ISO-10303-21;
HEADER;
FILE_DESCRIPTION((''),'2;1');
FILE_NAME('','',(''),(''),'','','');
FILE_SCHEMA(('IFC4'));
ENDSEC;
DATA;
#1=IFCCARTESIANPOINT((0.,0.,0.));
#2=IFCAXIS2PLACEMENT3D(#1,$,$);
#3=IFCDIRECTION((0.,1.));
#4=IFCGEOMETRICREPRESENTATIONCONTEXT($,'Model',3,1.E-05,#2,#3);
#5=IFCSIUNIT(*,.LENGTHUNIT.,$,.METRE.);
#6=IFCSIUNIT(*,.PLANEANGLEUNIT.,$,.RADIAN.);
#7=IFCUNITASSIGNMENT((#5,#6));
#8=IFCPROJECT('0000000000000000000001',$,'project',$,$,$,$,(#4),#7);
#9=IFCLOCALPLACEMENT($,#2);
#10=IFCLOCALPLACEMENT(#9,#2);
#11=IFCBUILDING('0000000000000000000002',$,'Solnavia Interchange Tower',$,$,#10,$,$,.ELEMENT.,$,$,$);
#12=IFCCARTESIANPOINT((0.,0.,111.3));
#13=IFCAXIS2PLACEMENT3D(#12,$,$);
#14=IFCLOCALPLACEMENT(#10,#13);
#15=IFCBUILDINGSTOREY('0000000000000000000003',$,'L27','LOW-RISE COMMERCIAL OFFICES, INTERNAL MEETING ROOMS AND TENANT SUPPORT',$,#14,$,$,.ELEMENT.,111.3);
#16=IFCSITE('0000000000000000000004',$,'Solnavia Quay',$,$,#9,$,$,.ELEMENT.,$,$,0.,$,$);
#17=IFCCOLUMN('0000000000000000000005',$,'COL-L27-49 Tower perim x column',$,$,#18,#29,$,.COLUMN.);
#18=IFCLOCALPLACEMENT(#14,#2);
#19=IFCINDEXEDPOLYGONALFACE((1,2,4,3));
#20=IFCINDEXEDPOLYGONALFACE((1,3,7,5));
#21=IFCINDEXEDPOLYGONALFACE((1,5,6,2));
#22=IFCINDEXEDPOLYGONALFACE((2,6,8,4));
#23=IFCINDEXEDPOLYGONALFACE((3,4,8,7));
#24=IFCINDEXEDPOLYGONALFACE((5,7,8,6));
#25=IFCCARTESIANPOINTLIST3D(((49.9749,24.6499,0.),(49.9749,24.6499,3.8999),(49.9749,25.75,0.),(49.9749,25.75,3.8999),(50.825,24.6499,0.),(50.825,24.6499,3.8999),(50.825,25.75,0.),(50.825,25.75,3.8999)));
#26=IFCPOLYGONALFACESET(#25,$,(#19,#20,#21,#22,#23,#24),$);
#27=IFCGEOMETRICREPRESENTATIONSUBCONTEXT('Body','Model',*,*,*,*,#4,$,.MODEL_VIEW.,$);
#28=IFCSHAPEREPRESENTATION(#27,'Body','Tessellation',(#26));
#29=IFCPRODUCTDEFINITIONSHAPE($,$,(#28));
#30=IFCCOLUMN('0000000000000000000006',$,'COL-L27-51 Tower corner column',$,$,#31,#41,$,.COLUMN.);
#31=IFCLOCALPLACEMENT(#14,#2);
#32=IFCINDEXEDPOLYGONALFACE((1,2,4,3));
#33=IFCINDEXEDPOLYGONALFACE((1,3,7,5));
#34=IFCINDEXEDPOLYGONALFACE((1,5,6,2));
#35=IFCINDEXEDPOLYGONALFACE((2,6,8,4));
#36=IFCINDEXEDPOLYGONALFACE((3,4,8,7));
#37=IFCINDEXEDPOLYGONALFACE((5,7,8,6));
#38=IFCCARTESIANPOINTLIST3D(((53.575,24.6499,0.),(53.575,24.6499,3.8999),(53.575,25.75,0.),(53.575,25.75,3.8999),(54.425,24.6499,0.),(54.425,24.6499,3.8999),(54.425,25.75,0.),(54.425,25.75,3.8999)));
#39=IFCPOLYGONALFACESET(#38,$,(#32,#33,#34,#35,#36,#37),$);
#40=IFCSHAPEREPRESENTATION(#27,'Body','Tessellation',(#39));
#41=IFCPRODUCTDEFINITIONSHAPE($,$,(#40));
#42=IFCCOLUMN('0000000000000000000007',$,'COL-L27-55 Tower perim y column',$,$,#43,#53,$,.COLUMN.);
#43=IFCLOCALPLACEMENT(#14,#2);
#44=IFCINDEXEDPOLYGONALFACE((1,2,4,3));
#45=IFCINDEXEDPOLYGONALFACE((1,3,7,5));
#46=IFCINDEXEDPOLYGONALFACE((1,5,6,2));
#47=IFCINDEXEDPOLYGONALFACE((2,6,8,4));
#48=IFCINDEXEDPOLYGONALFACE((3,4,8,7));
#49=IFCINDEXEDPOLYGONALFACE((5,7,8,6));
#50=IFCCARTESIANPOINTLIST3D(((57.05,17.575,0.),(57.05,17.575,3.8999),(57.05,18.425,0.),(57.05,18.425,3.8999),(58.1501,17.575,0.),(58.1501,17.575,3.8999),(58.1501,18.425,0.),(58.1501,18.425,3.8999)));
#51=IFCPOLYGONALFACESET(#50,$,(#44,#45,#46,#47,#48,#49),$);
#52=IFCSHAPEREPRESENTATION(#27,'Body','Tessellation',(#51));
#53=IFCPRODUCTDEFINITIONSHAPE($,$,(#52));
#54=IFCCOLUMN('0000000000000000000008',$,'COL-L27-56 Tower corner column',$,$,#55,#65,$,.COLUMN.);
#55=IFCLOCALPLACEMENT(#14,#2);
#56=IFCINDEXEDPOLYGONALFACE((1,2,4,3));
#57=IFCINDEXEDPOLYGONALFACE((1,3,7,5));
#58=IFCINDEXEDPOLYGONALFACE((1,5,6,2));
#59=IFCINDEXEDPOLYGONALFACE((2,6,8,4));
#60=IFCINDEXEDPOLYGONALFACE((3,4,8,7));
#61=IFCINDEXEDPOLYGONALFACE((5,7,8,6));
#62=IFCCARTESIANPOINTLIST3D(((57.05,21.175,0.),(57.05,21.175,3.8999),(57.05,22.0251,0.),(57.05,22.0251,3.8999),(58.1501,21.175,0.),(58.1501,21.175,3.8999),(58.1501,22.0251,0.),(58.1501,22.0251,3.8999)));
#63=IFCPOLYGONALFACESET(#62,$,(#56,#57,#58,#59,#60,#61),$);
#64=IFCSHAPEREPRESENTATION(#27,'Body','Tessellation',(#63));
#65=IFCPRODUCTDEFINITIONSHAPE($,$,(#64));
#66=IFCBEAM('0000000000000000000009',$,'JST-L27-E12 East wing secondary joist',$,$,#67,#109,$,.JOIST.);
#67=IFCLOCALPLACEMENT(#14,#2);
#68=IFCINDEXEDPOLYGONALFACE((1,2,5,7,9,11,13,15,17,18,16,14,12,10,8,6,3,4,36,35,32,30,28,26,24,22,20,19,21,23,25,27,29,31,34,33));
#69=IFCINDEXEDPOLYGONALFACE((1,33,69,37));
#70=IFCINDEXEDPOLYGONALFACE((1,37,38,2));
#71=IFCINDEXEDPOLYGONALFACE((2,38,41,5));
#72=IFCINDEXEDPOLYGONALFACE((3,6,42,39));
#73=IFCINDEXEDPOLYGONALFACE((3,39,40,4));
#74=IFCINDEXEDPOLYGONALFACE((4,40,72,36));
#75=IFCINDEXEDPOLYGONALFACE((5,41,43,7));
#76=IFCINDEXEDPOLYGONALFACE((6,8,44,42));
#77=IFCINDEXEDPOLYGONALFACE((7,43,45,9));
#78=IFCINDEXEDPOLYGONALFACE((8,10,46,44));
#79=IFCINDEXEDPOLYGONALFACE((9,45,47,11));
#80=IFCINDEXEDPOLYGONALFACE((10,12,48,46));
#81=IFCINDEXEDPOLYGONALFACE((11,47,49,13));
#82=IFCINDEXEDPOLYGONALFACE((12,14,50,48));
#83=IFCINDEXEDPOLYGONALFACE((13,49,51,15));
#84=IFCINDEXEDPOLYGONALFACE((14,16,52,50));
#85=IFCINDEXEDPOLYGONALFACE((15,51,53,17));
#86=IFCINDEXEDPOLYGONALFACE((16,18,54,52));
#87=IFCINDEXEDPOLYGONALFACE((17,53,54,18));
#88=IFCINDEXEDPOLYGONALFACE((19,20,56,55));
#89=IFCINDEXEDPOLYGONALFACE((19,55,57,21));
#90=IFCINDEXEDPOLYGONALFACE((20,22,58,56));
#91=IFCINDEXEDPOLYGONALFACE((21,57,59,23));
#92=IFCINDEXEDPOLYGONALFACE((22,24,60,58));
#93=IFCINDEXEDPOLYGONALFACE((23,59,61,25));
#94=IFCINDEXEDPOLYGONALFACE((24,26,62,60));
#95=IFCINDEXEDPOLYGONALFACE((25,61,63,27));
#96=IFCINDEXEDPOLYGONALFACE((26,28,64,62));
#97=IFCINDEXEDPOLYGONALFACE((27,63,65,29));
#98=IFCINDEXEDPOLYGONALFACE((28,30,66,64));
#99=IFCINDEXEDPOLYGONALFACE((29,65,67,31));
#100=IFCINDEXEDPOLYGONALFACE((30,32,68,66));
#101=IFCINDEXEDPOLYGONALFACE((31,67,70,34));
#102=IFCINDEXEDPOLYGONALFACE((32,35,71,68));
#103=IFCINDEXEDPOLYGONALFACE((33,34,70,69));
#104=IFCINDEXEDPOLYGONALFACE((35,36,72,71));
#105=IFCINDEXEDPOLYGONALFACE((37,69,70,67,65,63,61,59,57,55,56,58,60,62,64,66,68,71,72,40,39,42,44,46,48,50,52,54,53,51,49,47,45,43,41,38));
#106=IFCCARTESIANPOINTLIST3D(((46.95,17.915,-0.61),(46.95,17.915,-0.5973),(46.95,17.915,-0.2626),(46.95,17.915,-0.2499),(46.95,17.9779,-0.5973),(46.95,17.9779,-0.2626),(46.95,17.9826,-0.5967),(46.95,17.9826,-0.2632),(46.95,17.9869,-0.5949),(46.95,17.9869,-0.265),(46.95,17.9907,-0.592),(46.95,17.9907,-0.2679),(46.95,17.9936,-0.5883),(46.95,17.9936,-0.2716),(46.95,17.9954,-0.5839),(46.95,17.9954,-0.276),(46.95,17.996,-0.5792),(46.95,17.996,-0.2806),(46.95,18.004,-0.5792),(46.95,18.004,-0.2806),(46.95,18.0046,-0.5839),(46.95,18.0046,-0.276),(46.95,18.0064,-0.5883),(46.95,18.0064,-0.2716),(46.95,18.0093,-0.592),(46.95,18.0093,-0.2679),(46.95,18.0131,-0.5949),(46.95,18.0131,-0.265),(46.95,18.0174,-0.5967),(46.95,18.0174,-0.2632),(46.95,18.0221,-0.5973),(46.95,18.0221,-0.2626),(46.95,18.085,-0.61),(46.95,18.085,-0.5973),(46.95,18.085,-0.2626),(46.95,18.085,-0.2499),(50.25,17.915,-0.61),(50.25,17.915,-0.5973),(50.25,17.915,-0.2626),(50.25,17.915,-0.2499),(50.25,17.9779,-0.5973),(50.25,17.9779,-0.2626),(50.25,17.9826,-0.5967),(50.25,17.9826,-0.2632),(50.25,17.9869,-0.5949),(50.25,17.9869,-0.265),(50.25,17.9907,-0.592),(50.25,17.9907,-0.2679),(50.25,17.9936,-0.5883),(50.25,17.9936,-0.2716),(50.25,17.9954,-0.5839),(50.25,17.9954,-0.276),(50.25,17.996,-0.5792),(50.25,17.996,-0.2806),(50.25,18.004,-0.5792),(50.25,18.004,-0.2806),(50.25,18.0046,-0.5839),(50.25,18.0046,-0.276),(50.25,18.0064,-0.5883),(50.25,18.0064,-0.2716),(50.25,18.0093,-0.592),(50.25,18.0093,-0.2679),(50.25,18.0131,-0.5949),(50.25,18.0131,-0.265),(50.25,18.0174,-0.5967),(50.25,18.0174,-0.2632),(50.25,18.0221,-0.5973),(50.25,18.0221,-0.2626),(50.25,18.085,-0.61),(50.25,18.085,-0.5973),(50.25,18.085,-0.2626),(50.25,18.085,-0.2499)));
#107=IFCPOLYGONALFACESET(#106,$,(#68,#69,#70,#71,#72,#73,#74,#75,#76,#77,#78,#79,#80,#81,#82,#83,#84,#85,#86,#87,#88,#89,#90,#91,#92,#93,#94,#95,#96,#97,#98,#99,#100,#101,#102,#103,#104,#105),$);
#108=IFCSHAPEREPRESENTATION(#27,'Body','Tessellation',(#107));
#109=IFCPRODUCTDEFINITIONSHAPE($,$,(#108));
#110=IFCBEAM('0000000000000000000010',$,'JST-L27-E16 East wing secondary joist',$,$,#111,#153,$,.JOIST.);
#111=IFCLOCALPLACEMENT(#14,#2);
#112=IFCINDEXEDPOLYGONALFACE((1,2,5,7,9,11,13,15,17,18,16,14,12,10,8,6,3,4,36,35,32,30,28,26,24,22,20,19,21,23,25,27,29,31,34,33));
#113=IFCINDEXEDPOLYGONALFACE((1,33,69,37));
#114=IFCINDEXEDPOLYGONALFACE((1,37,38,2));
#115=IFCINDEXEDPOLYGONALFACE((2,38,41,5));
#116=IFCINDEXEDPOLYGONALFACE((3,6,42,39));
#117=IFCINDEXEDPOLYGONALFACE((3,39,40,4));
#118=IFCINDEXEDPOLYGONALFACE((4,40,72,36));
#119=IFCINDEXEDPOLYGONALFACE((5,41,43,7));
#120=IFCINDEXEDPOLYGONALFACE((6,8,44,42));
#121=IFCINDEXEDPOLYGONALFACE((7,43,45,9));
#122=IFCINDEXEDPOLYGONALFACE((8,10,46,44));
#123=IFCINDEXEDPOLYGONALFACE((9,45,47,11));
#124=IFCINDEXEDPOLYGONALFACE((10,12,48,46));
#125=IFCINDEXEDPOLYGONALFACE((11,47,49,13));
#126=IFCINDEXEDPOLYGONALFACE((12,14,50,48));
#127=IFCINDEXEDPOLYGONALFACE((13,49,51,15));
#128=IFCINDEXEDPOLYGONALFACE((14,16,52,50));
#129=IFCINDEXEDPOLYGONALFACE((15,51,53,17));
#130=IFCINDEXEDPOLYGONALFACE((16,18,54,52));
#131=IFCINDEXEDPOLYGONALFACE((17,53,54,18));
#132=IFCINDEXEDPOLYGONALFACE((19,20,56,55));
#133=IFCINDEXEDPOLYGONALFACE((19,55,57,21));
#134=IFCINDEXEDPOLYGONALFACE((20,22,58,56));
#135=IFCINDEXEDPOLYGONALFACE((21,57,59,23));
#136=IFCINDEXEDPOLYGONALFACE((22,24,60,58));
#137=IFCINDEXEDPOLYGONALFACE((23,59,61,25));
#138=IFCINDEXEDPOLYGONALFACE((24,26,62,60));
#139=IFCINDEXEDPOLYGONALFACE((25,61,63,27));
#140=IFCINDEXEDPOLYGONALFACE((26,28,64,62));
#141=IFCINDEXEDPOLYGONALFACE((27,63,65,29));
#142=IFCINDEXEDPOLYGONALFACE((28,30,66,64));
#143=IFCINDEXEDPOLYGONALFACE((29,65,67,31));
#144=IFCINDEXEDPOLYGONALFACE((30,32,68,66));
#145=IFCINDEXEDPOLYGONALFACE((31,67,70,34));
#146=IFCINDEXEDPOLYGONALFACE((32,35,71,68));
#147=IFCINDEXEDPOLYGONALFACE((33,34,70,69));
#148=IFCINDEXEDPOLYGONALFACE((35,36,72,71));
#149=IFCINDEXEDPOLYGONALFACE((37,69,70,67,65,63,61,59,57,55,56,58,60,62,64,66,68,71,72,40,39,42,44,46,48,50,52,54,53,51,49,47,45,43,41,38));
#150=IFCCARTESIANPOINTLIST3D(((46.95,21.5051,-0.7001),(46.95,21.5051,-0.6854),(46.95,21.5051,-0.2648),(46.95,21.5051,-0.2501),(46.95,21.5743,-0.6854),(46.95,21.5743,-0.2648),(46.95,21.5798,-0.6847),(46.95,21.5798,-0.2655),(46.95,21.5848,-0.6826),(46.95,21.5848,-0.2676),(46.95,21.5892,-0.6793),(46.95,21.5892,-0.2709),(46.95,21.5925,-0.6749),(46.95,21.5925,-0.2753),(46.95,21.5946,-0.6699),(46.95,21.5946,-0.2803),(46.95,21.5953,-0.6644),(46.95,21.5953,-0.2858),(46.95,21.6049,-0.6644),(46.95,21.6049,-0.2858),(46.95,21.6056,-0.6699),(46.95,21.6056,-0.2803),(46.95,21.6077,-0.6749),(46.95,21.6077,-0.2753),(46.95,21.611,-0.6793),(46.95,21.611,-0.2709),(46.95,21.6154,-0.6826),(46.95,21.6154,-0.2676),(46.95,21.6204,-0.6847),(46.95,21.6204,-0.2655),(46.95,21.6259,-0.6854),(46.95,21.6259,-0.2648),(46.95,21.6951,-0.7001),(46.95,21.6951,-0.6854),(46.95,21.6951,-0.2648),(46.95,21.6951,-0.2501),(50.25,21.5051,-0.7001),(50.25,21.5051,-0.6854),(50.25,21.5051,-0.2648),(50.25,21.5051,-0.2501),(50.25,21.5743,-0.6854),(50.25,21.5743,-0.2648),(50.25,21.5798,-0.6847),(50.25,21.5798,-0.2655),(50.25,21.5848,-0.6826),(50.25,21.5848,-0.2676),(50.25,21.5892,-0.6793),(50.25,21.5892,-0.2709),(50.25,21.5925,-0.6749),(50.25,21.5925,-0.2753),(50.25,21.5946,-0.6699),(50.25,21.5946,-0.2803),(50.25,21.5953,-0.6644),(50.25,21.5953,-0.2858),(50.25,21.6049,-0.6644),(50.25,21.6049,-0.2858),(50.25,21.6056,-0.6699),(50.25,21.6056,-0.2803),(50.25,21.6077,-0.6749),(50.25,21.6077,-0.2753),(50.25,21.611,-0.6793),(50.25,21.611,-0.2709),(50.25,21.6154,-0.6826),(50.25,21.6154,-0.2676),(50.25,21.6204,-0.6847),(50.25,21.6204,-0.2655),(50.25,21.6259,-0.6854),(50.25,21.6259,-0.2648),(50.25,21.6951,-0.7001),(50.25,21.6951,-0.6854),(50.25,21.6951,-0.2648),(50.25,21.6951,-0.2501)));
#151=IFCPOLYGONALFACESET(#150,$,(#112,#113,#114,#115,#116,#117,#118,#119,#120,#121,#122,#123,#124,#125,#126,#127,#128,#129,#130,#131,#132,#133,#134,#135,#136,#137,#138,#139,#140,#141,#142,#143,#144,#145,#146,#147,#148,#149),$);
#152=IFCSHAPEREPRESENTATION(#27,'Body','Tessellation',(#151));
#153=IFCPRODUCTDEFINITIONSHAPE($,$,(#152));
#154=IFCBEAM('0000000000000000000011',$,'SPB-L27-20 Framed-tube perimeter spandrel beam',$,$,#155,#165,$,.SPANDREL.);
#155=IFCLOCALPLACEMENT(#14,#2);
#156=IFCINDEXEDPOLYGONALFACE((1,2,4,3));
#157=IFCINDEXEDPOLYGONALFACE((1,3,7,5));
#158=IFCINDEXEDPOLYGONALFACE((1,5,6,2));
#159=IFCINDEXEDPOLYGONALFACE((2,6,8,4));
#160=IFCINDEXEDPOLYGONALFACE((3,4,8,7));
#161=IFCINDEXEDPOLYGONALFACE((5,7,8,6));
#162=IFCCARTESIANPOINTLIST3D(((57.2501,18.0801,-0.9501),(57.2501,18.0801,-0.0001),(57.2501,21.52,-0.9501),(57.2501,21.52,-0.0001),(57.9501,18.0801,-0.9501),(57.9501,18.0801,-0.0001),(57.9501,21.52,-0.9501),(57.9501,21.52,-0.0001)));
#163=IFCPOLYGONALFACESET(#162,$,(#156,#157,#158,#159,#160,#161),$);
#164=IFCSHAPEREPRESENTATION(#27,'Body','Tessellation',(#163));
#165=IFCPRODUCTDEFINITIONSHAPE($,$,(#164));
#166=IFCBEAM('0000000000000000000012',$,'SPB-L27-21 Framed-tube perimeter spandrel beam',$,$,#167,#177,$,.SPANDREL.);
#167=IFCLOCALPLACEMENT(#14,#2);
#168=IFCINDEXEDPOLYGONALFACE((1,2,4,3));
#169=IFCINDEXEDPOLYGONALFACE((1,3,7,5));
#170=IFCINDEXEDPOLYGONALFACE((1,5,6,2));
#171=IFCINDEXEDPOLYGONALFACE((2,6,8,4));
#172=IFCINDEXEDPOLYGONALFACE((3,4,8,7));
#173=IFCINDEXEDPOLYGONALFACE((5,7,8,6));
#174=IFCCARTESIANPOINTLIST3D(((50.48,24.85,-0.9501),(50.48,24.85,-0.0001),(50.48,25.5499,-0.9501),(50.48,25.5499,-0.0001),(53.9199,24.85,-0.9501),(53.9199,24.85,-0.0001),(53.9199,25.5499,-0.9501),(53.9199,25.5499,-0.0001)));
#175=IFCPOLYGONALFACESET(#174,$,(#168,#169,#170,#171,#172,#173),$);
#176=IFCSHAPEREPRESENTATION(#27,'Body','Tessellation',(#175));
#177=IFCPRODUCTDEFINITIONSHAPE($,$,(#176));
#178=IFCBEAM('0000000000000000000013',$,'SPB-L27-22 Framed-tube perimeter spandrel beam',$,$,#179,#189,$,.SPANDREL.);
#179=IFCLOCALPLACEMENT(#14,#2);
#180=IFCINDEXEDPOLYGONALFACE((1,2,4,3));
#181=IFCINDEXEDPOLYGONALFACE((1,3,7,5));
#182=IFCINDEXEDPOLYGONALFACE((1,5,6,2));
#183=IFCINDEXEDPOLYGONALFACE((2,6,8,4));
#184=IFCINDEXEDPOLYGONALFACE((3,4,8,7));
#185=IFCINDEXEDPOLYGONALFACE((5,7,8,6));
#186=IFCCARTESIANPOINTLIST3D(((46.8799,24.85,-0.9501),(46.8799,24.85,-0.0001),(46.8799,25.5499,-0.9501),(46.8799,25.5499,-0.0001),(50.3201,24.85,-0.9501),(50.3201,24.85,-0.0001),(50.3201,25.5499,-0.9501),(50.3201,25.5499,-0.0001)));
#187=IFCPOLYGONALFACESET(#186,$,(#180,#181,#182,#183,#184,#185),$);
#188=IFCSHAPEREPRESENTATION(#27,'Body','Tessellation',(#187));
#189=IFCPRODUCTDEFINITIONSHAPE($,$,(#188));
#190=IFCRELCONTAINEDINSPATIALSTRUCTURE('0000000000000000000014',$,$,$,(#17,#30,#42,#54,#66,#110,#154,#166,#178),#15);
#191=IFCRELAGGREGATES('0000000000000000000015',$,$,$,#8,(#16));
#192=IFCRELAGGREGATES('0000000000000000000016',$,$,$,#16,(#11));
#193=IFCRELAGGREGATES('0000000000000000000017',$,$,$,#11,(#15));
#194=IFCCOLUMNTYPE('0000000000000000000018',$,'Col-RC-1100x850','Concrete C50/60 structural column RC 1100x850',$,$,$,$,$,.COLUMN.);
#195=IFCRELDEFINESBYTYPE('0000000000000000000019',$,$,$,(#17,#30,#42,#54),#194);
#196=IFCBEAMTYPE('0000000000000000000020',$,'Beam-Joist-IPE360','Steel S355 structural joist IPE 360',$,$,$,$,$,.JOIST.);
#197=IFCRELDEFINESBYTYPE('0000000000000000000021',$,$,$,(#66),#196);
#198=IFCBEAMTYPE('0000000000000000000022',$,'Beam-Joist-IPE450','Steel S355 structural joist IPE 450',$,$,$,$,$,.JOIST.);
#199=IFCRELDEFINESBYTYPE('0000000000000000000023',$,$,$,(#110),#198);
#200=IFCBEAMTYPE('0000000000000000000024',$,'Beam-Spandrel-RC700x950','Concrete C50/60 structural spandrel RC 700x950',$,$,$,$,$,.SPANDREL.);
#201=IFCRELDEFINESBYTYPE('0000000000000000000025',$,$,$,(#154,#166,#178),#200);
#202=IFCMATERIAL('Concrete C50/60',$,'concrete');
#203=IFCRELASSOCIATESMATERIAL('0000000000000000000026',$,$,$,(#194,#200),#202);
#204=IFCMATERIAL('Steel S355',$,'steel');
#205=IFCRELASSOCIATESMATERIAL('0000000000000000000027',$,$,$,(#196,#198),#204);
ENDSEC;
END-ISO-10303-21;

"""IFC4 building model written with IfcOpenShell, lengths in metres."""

from ifc_helpers import new_model, si_unit, direction, frame, origin, origin_2d, place, context, subcontext, project, spatial, rectangle, i_section, extrude, material, material_profile, profile_set, type_object, element, save


model = new_model("IFC4")

# Units and contexts
model_context = context("Model", 3, precision=1e-05, world=origin(), true_north=direction((0.0, 1.0)))
body_context = subcontext(model_context, "Body", "Model", "MODEL_VIEW")
ifc_project = project(units=[si_unit("LENGTHUNIT", "METRE"), si_unit("PLANEANGLEUNIT", "RADIAN")], contexts=[model_context])

# Site, building, storey
site_placement = place(None, origin())
site = spatial("IfcSite", under=ifc_project, at=site_placement, Name="Solnavia Quay", CompositionType="ELEMENT", RefElevation=0.0)
building_placement = place(site_placement, origin())
building = spatial("IfcBuilding", under=site, at=building_placement, Name="Solnavia Interchange Tower", CompositionType="ELEMENT")
storey_placement = place(building_placement, frame((0.0, 0.0, 111.3)))
storey = spatial("IfcBuildingStorey", under=building, at=storey_placement, Name="L27", Description="LOW-RISE COMMERCIAL OFFICES, INTERNAL MEETING ROOMS AND TENANT SUPPORT", CompositionType="ELEMENT", Elevation=111.3)

# Columns
ifc_material_1 = material(Name="Concrete C50/60", Category="concrete")
ifc_material_profile_1 = material_profile(ifc_material_1, rectangle(XDim=0.8501, YDim=1.1001, at=origin_2d()), Name="RC 1100x850")
ifc_profile_set_1 = profile_set([ifc_material_profile_1], Name="Concrete C50/60")
column_type = type_object("IfcColumnType", Name="Col-RC-1100x850", Description="Concrete C50/60 structural column RC 1100x850", PredefinedType="COLUMN", material=ifc_profile_set_1)
for number, where, z_axis, x_axis, name in (
    (1, (50.3999, 25.2, 0.0), (0.0, 0.0, 1.0), (1.0, 0.0, 0.0), "COL-L27-49 Tower perim x column"),
    (2, (54.0, 25.2, 0.0), (0.0, 0.0, 1.0), (1.0, 0.0, 0.0), "COL-L27-51 Tower corner column"),
    (3, (57.6001, 18.0, 0.0), (0.0, 0.0, 1.0), (0.0, 1.0, 0.0), "COL-L27-55 Tower perim y column"),
    (4, (57.6001, 21.6001, 0.0), (0.0, 0.0, 1.0), (0.0, 1.0, 0.0), "COL-L27-56 Tower corner column"),
):
    element("IfcColumn", number, at=place(storey_placement, frame(where, z_axis=z_axis, x_axis=x_axis)), inside=storey, type_object=column_type, Name=name, PredefinedType="COLUMN", context=body_context, shape_type="SweptSolid", body=[
        extrude(rectangle(XDim=0.8501, YDim=1.1001, at=origin_2d()), origin(), (0.0, 0.0, 1.0), 3.8999),
    ])

# Beams
ifc_material_2 = material(Name="Steel S355", Category="steel")
ifc_material_profile_2 = material_profile(ifc_material_2, i_section(OverallWidth=0.1699, OverallDepth=0.3601, WebThickness=0.0081, FlangeThickness=0.0127, FilletRadius=0.0181, at=origin_2d()), Name="IPE 360")
ifc_profile_set_2 = profile_set([ifc_material_profile_2], Name="Steel S355")
beam_type_1 = type_object("IfcBeamType", Name="Beam-Joist-IPE360", Description="Steel S355 structural joist IPE 360", PredefinedType="JOIST", material=ifc_profile_set_2)
beam_1_placement = place(storey_placement, frame((46.95, 18.0, -0.4299), z_axis=(1.0, 0.0, 0.0), x_axis=(0.0, 1.0, 0.0)))
element("IfcBeam", 5, at=beam_1_placement, inside=storey, type_object=beam_type_1, Name="JST-L27-E12 East wing secondary joist", PredefinedType="JOIST", context=body_context, shape_type="SweptSolid", body=[
    extrude(i_section(OverallWidth=0.1699, OverallDepth=0.3601, WebThickness=0.0081, FlangeThickness=0.0127, FilletRadius=0.0181, at=origin_2d()), origin(), (0.0, 0.0, 1.0), 3.3),
])
ifc_material_profile_3 = material_profile(ifc_material_2, i_section(OverallWidth=0.1899, OverallDepth=0.45, WebThickness=0.0095, FlangeThickness=0.0146, FilletRadius=0.021, at=origin_2d()), Name="IPE 450")
ifc_profile_set_3 = profile_set([ifc_material_profile_3], Name="Steel S355")
beam_type_2 = type_object("IfcBeamType", Name="Beam-Joist-IPE450", Description="Steel S355 structural joist IPE 450", PredefinedType="JOIST", material=ifc_profile_set_3)
beam_2_placement = place(storey_placement, frame((46.95, 21.6001, -0.4751), z_axis=(1.0, 0.0, 0.0), x_axis=(0.0, 1.0, 0.0)))
element("IfcBeam", 6, at=beam_2_placement, inside=storey, type_object=beam_type_2, Name="JST-L27-E16 East wing secondary joist", PredefinedType="JOIST", context=body_context, shape_type="SweptSolid", body=[
    extrude(i_section(OverallWidth=0.1899, OverallDepth=0.45, WebThickness=0.0095, FlangeThickness=0.0146, FilletRadius=0.021, at=origin_2d()), origin(), (0.0, 0.0, 1.0), 3.3),
])
ifc_material_profile_4 = material_profile(ifc_material_1, rectangle(XDim=0.7, YDim=0.95, at=origin_2d()), Name="RC 700x950")
ifc_profile_set_4 = profile_set([ifc_material_profile_4], Name="Concrete C50/60")
beam_type_3 = type_object("IfcBeamType", Name="Beam-Spandrel-RC700x950", Description="Concrete C50/60 structural spandrel RC 700x950", PredefinedType="SPANDREL", material=ifc_profile_set_4)
for number, where, z_axis, x_axis, name in (
    (7, (57.6001, 18.0801, -0.4751), (0.0, 1.0, 0.0), (-1.0, 0.0, 0.0), "SPB-L27-20 Framed-tube perimeter spandrel beam"),
    (8, (53.9199, 25.2, -0.4751), (-1.0, 0.0, 0.0), (0.0, -1.0, 0.0), "SPB-L27-21 Framed-tube perimeter spandrel beam"),
):
    element("IfcBeam", number, at=place(storey_placement, frame(where, z_axis=z_axis, x_axis=x_axis)), inside=storey, type_object=beam_type_3, Name=name, PredefinedType="SPANDREL", context=body_context, shape_type="SweptSolid", body=[
        extrude(rectangle(XDim=0.7, YDim=0.95, at=origin_2d()), origin(), (0.0, 0.0, 1.0), 3.4399),
    ])
beam_3_placement = place(storey_placement, frame((50.3201, 25.2, -0.4751), z_axis=(-1.0, 0.0, 0.0), x_axis=(0.0, -1.0, 0.0)))
element("IfcBeam", 9, at=beam_3_placement, inside=storey, type_object=beam_type_3, Name="SPB-L27-22 Framed-tube perimeter spandrel beam", PredefinedType="SPANDREL", context=body_context, shape_type="SweptSolid", body=[
    extrude(rectangle(XDim=0.7, YDim=0.95, at=origin_2d()), origin(), (0.0, 0.0, 1.0), 3.4402),
])

save(model, "model.ifc")
